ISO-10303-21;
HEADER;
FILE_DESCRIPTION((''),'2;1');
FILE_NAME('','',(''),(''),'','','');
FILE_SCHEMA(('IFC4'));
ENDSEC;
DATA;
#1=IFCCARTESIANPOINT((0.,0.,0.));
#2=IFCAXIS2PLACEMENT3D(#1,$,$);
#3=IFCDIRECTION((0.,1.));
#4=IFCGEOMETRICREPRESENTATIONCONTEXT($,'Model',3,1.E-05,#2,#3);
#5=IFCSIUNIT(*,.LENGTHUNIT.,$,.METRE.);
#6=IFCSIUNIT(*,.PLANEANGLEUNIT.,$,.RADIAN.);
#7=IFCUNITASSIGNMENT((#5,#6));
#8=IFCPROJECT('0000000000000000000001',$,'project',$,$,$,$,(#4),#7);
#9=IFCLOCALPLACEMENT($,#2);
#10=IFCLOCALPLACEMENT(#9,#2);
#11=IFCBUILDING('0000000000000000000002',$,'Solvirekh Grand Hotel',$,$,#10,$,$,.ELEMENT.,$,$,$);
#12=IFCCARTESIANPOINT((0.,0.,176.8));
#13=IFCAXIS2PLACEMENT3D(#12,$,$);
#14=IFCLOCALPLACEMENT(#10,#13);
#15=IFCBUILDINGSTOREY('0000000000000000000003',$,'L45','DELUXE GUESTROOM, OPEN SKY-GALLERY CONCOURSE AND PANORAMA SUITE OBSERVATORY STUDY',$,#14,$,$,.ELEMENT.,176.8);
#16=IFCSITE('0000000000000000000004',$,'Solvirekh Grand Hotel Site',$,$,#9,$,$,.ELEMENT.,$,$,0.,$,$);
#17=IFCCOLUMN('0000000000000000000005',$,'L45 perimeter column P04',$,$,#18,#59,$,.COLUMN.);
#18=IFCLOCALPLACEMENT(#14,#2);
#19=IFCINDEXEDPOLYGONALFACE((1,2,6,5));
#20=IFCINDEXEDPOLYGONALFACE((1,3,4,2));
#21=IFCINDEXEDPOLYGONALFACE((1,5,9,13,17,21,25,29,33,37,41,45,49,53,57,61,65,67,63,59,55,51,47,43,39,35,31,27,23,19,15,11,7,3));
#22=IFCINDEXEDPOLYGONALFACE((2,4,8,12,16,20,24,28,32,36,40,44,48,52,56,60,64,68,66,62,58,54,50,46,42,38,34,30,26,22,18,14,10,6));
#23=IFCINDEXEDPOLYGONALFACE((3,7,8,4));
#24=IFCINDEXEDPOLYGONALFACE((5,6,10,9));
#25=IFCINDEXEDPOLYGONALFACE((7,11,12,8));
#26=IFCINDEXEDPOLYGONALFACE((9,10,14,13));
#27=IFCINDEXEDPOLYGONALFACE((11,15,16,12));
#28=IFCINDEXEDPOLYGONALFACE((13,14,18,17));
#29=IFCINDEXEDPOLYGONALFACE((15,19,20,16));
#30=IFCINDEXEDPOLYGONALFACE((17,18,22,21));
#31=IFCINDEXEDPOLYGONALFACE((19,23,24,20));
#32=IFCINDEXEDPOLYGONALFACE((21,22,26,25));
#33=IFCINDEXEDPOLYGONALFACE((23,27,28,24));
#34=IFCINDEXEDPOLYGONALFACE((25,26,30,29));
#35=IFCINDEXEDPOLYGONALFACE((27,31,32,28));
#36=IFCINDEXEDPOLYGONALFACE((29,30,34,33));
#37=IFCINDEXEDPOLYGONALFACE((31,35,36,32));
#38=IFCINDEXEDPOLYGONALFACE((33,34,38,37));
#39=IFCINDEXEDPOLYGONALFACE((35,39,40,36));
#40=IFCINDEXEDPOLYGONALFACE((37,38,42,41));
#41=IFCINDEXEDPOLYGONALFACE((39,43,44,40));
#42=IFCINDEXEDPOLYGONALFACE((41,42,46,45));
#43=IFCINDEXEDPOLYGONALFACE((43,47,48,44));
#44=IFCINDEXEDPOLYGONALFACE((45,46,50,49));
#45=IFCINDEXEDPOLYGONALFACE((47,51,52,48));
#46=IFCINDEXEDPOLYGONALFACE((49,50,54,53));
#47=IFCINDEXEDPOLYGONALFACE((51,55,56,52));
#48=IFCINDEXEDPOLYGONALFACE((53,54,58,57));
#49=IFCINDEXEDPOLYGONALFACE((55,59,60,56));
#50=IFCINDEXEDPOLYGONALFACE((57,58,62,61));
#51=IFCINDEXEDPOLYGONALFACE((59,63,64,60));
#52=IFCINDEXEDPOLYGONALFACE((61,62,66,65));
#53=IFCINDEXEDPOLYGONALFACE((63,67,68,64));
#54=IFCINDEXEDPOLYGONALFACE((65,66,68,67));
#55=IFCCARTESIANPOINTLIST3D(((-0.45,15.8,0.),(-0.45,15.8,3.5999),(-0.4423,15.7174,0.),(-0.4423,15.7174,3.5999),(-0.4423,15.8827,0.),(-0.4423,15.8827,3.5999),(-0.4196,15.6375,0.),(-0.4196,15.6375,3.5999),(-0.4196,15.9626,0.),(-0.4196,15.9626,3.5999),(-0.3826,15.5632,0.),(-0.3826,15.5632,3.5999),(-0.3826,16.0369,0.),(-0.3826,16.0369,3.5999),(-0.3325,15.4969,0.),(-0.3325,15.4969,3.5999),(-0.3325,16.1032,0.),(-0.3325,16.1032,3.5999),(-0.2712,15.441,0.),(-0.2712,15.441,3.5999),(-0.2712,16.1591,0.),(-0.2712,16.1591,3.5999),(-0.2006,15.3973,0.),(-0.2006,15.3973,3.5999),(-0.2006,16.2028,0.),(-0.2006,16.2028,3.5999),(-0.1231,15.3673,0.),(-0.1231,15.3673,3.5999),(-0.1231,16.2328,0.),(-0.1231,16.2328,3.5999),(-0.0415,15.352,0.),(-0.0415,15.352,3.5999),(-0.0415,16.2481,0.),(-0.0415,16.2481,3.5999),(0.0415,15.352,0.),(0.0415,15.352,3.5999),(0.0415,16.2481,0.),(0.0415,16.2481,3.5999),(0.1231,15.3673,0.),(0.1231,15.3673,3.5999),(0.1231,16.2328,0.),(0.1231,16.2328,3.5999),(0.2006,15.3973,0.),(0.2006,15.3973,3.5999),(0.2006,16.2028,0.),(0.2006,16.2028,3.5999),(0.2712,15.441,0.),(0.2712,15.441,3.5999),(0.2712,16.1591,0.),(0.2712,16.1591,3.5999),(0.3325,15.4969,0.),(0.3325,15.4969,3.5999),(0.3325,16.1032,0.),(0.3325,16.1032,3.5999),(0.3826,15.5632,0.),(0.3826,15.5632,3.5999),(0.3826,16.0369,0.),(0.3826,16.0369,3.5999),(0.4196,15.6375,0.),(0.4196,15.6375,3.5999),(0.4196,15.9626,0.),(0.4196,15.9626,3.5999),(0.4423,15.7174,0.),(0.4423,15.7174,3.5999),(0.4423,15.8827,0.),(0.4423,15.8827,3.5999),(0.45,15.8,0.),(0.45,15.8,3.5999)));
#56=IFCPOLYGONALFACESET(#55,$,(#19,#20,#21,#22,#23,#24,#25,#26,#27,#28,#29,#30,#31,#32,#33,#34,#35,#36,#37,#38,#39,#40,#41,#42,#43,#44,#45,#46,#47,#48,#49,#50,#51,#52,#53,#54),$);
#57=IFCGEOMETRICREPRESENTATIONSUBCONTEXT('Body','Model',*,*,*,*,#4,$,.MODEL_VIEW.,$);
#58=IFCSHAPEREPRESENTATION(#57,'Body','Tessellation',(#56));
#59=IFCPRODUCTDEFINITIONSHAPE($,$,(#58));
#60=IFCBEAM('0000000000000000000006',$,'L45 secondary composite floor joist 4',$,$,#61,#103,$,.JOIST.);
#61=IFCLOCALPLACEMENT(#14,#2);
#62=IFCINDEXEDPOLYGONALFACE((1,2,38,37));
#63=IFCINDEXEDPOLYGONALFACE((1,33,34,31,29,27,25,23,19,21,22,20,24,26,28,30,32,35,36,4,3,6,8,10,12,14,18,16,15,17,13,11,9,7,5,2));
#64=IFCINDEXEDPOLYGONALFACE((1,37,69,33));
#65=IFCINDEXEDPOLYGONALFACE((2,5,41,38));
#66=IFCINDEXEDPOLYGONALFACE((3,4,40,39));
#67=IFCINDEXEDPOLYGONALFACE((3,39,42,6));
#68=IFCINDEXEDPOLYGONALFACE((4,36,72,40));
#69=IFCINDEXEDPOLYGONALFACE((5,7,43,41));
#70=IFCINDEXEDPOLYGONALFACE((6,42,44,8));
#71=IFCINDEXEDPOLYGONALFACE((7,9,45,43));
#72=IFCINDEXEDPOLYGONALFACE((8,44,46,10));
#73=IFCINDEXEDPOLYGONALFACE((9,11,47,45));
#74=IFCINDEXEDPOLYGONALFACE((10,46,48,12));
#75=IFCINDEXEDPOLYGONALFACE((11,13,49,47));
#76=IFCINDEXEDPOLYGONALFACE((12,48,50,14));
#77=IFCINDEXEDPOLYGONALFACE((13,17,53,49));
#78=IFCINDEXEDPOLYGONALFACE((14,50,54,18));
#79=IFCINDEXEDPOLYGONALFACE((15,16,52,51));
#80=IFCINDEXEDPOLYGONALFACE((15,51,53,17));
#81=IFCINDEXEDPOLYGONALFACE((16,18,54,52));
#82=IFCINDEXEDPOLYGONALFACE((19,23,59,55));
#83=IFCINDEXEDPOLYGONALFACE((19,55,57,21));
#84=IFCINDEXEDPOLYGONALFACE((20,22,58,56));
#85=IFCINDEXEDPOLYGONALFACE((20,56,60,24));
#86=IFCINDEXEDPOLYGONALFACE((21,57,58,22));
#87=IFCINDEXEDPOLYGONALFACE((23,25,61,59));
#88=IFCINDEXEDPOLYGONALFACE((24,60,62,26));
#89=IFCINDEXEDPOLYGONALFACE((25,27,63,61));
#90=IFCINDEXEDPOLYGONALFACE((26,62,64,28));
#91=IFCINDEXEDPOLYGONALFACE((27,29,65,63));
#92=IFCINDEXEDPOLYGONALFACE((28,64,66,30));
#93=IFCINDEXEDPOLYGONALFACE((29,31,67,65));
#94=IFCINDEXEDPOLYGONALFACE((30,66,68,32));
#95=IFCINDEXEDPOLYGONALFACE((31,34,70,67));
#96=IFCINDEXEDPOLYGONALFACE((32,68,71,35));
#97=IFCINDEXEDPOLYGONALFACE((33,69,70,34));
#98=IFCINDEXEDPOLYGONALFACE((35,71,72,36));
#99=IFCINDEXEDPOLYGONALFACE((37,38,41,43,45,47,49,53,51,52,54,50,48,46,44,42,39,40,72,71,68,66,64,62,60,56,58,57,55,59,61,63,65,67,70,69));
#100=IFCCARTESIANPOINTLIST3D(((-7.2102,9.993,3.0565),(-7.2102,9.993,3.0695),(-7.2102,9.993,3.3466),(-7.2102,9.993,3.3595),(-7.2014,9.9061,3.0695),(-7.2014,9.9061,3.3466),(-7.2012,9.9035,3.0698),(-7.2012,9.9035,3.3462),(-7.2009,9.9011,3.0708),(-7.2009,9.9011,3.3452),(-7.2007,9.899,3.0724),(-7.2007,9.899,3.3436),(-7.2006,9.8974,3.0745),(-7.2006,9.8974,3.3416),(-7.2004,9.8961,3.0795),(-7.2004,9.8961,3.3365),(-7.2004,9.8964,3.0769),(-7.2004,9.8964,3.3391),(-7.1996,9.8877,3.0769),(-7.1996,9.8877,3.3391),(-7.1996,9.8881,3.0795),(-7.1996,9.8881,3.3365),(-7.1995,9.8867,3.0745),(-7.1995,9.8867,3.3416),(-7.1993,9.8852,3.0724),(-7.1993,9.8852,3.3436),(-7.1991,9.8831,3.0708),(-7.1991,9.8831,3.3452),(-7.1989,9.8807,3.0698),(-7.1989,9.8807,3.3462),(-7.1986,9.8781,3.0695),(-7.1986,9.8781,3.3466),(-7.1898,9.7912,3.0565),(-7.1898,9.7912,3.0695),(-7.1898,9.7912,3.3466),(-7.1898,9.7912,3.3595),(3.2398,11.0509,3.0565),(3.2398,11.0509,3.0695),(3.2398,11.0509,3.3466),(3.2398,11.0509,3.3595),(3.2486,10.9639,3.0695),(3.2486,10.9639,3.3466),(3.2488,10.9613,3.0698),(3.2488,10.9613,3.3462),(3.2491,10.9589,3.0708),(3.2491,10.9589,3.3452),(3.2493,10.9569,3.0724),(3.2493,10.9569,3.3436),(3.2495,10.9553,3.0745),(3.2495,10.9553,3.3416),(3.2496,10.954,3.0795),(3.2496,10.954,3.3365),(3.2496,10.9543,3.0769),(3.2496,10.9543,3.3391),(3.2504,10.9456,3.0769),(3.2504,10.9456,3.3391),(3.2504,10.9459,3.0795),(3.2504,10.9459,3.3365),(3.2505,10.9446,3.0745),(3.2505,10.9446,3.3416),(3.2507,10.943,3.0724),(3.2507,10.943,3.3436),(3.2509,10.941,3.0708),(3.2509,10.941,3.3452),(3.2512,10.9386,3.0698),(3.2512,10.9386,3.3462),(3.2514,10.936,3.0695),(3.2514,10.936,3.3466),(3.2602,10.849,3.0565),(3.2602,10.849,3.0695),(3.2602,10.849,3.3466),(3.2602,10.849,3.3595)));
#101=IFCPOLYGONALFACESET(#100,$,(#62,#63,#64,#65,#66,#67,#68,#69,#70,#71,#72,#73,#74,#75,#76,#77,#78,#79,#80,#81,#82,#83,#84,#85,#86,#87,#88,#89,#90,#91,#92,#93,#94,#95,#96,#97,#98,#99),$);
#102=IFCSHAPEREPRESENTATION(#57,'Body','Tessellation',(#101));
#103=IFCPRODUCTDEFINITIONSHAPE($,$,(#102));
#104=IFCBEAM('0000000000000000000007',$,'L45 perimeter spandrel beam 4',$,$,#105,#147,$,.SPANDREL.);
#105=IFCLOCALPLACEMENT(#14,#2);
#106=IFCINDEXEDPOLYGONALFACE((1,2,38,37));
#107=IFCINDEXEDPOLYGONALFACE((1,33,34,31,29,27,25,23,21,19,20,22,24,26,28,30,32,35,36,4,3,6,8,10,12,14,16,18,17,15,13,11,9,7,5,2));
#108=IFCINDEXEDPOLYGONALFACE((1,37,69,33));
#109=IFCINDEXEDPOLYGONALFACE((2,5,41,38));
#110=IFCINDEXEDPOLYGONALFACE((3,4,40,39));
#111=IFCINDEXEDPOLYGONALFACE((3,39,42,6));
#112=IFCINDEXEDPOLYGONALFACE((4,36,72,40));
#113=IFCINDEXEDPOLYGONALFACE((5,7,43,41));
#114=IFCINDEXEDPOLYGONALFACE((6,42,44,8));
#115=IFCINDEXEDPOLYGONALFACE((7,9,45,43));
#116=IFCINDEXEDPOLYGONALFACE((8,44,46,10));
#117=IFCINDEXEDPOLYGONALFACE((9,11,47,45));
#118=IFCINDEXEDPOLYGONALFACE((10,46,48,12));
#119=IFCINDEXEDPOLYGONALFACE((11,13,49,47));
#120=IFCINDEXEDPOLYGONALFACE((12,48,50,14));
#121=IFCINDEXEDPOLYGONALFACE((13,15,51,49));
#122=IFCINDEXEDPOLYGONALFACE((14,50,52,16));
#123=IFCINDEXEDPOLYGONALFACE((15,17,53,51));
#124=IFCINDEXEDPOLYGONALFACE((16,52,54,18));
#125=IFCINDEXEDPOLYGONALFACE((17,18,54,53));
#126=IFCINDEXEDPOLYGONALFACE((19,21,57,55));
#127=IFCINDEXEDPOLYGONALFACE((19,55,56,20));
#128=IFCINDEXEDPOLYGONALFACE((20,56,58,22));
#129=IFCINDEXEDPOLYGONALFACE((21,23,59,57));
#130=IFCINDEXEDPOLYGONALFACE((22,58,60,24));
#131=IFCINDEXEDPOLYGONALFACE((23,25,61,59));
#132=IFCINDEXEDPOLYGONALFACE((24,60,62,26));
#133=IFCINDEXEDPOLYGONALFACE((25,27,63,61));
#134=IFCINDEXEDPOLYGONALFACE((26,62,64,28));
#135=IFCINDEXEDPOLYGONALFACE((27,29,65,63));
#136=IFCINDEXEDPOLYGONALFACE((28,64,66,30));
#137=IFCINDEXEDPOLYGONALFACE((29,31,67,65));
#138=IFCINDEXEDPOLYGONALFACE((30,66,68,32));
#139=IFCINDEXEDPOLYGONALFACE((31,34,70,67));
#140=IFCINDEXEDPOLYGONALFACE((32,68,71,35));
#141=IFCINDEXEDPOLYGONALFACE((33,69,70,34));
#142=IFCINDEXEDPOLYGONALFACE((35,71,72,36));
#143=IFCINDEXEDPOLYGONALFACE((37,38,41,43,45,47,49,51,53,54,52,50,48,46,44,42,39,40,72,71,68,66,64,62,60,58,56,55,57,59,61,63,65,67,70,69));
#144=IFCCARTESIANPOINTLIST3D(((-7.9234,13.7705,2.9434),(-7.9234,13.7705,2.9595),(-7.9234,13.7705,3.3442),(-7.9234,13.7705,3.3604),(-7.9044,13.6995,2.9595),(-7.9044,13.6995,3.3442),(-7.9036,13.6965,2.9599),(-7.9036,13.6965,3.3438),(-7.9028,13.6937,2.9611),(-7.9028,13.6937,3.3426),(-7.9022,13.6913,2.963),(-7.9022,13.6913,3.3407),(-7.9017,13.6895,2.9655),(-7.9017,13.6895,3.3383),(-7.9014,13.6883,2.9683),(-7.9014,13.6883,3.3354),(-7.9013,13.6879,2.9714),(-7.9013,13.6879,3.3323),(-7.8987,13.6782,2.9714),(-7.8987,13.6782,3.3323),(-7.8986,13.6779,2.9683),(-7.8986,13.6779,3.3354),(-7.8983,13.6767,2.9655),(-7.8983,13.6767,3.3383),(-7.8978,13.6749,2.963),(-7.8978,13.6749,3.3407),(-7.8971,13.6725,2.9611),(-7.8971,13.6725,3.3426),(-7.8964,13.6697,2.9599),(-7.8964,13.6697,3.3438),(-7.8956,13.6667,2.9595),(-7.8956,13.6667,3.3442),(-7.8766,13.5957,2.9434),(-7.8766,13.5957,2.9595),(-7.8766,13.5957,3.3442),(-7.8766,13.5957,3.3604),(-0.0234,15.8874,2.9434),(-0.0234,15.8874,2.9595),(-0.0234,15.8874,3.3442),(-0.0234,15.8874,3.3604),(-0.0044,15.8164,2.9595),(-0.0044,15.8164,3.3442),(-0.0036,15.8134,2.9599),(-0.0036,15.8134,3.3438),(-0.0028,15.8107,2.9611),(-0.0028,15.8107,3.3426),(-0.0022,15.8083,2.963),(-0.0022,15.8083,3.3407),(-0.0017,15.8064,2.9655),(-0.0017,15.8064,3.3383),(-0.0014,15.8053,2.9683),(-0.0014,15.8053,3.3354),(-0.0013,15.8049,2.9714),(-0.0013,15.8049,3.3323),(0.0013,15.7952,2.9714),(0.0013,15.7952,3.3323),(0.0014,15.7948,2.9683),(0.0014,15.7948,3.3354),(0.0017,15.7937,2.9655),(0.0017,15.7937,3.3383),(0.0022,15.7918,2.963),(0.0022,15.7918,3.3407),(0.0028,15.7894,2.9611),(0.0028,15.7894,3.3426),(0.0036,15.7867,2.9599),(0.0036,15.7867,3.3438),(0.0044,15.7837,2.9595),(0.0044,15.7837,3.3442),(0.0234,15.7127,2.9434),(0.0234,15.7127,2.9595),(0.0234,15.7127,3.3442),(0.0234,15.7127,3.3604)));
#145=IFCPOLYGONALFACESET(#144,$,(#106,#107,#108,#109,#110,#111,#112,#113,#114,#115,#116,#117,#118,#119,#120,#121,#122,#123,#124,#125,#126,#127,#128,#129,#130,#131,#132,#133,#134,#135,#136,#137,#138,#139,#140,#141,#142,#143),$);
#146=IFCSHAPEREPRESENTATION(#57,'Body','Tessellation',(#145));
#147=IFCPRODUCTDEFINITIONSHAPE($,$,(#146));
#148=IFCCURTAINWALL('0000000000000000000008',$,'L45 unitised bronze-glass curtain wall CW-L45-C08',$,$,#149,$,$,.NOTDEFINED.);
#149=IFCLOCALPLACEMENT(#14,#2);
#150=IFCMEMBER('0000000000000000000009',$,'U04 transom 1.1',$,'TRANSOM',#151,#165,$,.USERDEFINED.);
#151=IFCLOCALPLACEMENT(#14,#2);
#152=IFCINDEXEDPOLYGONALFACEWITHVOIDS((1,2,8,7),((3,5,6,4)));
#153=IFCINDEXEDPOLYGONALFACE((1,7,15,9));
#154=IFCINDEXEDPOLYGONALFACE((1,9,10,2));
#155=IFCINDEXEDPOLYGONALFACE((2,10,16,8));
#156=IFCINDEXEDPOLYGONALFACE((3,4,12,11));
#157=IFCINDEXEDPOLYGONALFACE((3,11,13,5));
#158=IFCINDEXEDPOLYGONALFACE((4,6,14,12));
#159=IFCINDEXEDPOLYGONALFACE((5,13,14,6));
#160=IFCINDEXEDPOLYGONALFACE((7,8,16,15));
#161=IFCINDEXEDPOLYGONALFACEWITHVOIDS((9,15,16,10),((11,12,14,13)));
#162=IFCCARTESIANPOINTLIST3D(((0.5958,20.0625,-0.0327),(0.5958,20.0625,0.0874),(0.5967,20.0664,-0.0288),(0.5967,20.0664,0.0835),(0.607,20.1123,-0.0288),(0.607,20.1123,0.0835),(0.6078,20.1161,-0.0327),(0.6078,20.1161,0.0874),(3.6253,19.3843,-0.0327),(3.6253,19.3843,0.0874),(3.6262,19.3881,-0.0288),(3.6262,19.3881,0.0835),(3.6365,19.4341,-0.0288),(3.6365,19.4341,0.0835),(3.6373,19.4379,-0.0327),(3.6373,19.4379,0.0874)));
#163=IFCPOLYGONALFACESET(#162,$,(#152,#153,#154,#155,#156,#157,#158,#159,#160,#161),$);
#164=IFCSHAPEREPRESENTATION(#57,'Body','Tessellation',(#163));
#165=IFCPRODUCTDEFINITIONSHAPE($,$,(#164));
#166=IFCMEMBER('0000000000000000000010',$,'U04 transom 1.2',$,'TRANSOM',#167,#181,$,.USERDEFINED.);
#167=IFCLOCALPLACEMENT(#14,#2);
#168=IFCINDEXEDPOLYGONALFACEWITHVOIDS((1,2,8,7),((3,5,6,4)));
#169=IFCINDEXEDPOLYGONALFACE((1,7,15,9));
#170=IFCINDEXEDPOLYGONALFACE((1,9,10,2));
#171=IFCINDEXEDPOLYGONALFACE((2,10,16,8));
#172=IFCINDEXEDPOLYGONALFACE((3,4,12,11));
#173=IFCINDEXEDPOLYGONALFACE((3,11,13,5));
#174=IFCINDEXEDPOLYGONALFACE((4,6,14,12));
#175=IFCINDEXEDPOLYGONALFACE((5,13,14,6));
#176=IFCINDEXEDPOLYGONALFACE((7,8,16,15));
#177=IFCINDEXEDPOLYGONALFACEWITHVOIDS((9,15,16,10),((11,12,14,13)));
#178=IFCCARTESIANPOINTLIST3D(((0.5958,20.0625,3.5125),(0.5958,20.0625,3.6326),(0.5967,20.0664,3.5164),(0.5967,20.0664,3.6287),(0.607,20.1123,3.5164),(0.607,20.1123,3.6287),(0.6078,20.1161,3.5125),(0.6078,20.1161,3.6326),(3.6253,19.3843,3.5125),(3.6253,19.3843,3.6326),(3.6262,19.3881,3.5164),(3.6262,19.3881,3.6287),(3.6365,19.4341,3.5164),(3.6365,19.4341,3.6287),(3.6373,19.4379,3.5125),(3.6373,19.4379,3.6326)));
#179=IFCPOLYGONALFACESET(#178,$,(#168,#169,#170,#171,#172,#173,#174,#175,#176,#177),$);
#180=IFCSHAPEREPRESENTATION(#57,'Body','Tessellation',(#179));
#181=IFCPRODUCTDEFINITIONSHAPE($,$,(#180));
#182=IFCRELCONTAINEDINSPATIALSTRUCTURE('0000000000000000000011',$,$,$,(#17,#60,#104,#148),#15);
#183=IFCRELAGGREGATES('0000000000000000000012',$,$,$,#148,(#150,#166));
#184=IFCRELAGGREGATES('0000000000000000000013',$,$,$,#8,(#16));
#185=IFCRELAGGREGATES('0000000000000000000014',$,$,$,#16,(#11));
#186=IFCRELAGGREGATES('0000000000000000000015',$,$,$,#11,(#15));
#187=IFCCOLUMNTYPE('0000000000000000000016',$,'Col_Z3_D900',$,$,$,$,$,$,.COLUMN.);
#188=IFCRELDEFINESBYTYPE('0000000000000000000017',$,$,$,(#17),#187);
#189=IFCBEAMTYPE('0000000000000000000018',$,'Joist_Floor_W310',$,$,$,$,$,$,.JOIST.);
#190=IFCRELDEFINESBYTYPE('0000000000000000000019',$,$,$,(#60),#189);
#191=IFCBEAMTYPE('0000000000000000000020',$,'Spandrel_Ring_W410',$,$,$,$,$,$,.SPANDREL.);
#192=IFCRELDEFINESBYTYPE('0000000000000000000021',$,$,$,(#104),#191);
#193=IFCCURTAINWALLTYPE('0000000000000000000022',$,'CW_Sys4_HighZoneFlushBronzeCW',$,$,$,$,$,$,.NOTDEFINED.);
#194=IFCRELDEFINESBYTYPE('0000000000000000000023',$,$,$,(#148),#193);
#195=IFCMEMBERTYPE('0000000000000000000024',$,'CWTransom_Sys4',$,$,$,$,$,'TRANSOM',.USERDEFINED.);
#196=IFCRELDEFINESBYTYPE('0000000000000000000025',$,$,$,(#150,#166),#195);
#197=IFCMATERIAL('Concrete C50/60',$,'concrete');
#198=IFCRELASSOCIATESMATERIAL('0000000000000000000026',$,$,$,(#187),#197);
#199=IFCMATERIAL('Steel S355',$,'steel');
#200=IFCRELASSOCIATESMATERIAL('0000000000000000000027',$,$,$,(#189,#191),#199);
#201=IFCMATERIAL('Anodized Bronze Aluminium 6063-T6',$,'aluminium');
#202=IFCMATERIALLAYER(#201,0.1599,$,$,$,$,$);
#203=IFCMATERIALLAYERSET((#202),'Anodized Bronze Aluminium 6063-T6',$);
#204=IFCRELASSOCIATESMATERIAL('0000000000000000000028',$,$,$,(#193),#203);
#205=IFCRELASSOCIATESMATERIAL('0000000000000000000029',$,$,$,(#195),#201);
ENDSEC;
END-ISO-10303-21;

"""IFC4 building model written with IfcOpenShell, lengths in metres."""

from ifc_helpers import new_model, si_unit, direction, frame, origin, origin_2d, place, context, subcontext, project, spatial, hollow_rectangle, circle, i_section, extrude, source, transform, mapped, material, layer, layer_set, material_profile, profile_set, type_object, element, aggregate, save


model = new_model("IFC4")

# Units and contexts
model_context = context("Model", 3, precision=1e-05, world=origin(), true_north=direction((0.0, 1.0)))
body_context = subcontext(model_context, "Body", "Model", "MODEL_VIEW")
ifc_project = project(units=[si_unit("LENGTHUNIT", "METRE"), si_unit("PLANEANGLEUNIT", "RADIAN")], contexts=[model_context])

# Site, building, storey
site_placement = place(None, origin())
site = spatial("IfcSite", under=ifc_project, at=site_placement, Name="Solvirekh Grand Hotel Site", CompositionType="ELEMENT", RefElevation=0.0)
building_placement = place(site_placement, origin())
building = spatial("IfcBuilding", under=site, at=building_placement, Name="Solvirekh Grand Hotel", CompositionType="ELEMENT")
storey_placement = place(building_placement, frame((0.0, 0.0, 176.8)))
storey = spatial("IfcBuildingStorey", under=building, at=storey_placement, Name="L45", Description="DELUXE GUESTROOM, OPEN SKY-GALLERY CONCOURSE AND PANORAMA SUITE OBSERVATORY STUDY", CompositionType="ELEMENT", Elevation=176.8)

# Column
ifc_material_1 = material(Name="Concrete C50/60", Category="concrete")
ifc_material_profile_1 = material_profile(ifc_material_1, circle(Radius=0.45, at=origin_2d()), Name="RC CIRC D900")
ifc_profile_set_1 = profile_set([ifc_material_profile_1], Name="Concrete C50/60")
column_type = type_object("IfcColumnType", Name="Col_Z3_D900", PredefinedType="COLUMN", material=ifc_profile_set_1)
column_placement = place(storey_placement, frame((0.0, 15.8, 0.0), z_axis=(0.0, 0.0, 1.0), x_axis=(1.0, 0.0, 0.0)))
element("IfcColumn", 1, at=column_placement, inside=storey, type_object=column_type, Name="L45 perimeter column P04", PredefinedType="COLUMN", context=body_context, shape_type="SweptSolid", body=[
    extrude(circle(Radius=0.45, at=origin_2d()), origin(), (0.0, 0.0, 1.0), 3.5999),
])

# Beams
ifc_material_2 = material(Name="Steel S355", Category="steel")
ifc_material_profile_2 = material_profile(ifc_material_2, i_section(OverallWidth=0.2029, OverallDepth=0.303, WebThickness=0.0081, FlangeThickness=0.0129, FilletRadius=0.01, at=origin_2d()), Name="W310X60")
ifc_profile_set_2 = profile_set([ifc_material_profile_2], Name="Steel S355")
beam_type_1 = type_object("IfcBeamType", Name="Joist_Floor_W310", PredefinedType="JOIST", material=ifc_profile_set_2)
beam_1_placement = place(storey_placement, frame((3.25, 10.95, 3.208), z_axis=(-0.994915, -0.100716, 0.0), x_axis=(0.100716, -0.994915, 0.0)))
element("IfcBeam", 2, at=beam_1_placement, inside=storey, type_object=beam_type_1, Name="L45 secondary composite floor joist 4", PredefinedType="JOIST", context=body_context, shape_type="SweptSolid", body=[
    extrude(i_section(OverallWidth=0.2029, OverallDepth=0.303, WebThickness=0.0081, FlangeThickness=0.0129, FilletRadius=0.01, at=origin_2d()), origin(), (0.0, 0.0, 1.0), 10.5034),
])
ifc_material_profile_3 = material_profile(ifc_material_2, i_section(OverallWidth=0.1809, OverallDepth=0.417, WebThickness=0.01, FlangeThickness=0.0161, FilletRadius=0.012, at=origin_2d()), Name="W410X85")
ifc_profile_set_3 = profile_set([ifc_material_profile_3], Name="Steel S355")
beam_type_2 = type_object("IfcBeamType", Name="Spandrel_Ring_W410", PredefinedType="SPANDREL", material=ifc_profile_set_3)
beam_2_placement = place(storey_placement, frame((0.0, 15.8, 3.1519), z_axis=(-0.965921, -0.258839, 0.0), x_axis=(0.258839, -0.965921, 0.0)))
element("IfcBeam", 3, at=beam_2_placement, inside=storey, type_object=beam_type_2, Name="L45 perimeter spandrel beam 4", PredefinedType="SPANDREL", context=body_context, shape_type="SweptSolid", body=[
    extrude(i_section(OverallWidth=0.1809, OverallDepth=0.417, WebThickness=0.01, FlangeThickness=0.0161, FilletRadius=0.012, at=origin_2d()), origin(), (0.0, 0.0, 1.0), 8.1787),
])

# Curtain wall, members
ifc_material_3 = material(Name="Anodized Bronze Aluminium 6063-T6", Category="aluminium")
ifc_layer_1 = layer(ifc_material_3, 0.1599)
ifc_layer_set_1 = layer_set([ifc_layer_1], Name="Anodized Bronze Aluminium 6063-T6")
curtain_wall_type = type_object("IfcCurtainWallType", Name="CW_Sys4_HighZoneFlushBronzeCW", PredefinedType="NOTDEFINED", material=ifc_layer_set_1)
curtain_wall_placement = place(storey_placement, origin())
curtain_wall = element("IfcCurtainWall", 4, at=curtain_wall_placement, inside=storey, type_object=curtain_wall_type, Name="L45 unitised bronze-glass curtain wall CW-L45-C08", PredefinedType="NOTDEFINED")
ifc_material_profile_4 = material_profile(ifc_material_3, hollow_rectangle(XDim=0.0549, YDim=0.1201, WallThickness=0.0039, at=origin_2d()), Name="ALU RHS 120X55X4")
ifc_profile_set_4 = profile_set([ifc_material_profile_4], Name="Anodized Bronze Aluminium 6063-T6")
member_type_1 = type_object("IfcMemberType", Name="CWTransom_Sys4", ElementType="TRANSOM", PredefinedType="USERDEFINED", material=ifc_profile_set_4)
shared_shape_1 = source(origin(), body_context, "Body", "SweptSolid", [
    extrude(hollow_rectangle(XDim=0.0549, YDim=0.1201, WallThickness=0.0039, at=origin_2d()), origin(), (0.0, 0.0, 1.0), 3.1045),
])
member_1_placement = place(storey_placement, frame((3.6313, 19.4111, 0.0273), z_axis=(-0.975845, 0.218462, 0.0), x_axis=(-0.218462, -0.975845, 0.0)))
member_1 = element("IfcMember", 5, at=member_1_placement, type_object=member_type_1, Name="U04 transom 1.1", ObjectType="TRANSOM", PredefinedType="USERDEFINED", context=body_context, shape_type="MappedRepresentation", body=[
    mapped(shared_shape_1, transform((0.0, 0.0, 0.0), x_axis=(1.0, 0.0, 0.0), y_axis=(0.0, 1.0, 0.0), z_axis=(0.0, 0.0, 1.0), scale=1.0)),
])
member_2_placement = place(storey_placement, frame((3.6313, 19.4111, 3.5725), z_axis=(-0.975845, 0.218462, 0.0), x_axis=(-0.218462, -0.975845, 0.0)))
member_2 = element("IfcMember", 6, at=member_2_placement, type_object=member_type_1, Name="U04 transom 1.2", ObjectType="TRANSOM", PredefinedType="USERDEFINED", context=body_context, shape_type="MappedRepresentation", body=[
    mapped(shared_shape_1, transform((0.0, 0.0, 0.0), x_axis=(1.0, 0.0, 0.0), y_axis=(0.0, 1.0, 0.0), z_axis=(0.0, 0.0, 1.0), scale=1.0)),
])
aggregate(curtain_wall, [member_1, member_2])

save(model, "model.ifc")
